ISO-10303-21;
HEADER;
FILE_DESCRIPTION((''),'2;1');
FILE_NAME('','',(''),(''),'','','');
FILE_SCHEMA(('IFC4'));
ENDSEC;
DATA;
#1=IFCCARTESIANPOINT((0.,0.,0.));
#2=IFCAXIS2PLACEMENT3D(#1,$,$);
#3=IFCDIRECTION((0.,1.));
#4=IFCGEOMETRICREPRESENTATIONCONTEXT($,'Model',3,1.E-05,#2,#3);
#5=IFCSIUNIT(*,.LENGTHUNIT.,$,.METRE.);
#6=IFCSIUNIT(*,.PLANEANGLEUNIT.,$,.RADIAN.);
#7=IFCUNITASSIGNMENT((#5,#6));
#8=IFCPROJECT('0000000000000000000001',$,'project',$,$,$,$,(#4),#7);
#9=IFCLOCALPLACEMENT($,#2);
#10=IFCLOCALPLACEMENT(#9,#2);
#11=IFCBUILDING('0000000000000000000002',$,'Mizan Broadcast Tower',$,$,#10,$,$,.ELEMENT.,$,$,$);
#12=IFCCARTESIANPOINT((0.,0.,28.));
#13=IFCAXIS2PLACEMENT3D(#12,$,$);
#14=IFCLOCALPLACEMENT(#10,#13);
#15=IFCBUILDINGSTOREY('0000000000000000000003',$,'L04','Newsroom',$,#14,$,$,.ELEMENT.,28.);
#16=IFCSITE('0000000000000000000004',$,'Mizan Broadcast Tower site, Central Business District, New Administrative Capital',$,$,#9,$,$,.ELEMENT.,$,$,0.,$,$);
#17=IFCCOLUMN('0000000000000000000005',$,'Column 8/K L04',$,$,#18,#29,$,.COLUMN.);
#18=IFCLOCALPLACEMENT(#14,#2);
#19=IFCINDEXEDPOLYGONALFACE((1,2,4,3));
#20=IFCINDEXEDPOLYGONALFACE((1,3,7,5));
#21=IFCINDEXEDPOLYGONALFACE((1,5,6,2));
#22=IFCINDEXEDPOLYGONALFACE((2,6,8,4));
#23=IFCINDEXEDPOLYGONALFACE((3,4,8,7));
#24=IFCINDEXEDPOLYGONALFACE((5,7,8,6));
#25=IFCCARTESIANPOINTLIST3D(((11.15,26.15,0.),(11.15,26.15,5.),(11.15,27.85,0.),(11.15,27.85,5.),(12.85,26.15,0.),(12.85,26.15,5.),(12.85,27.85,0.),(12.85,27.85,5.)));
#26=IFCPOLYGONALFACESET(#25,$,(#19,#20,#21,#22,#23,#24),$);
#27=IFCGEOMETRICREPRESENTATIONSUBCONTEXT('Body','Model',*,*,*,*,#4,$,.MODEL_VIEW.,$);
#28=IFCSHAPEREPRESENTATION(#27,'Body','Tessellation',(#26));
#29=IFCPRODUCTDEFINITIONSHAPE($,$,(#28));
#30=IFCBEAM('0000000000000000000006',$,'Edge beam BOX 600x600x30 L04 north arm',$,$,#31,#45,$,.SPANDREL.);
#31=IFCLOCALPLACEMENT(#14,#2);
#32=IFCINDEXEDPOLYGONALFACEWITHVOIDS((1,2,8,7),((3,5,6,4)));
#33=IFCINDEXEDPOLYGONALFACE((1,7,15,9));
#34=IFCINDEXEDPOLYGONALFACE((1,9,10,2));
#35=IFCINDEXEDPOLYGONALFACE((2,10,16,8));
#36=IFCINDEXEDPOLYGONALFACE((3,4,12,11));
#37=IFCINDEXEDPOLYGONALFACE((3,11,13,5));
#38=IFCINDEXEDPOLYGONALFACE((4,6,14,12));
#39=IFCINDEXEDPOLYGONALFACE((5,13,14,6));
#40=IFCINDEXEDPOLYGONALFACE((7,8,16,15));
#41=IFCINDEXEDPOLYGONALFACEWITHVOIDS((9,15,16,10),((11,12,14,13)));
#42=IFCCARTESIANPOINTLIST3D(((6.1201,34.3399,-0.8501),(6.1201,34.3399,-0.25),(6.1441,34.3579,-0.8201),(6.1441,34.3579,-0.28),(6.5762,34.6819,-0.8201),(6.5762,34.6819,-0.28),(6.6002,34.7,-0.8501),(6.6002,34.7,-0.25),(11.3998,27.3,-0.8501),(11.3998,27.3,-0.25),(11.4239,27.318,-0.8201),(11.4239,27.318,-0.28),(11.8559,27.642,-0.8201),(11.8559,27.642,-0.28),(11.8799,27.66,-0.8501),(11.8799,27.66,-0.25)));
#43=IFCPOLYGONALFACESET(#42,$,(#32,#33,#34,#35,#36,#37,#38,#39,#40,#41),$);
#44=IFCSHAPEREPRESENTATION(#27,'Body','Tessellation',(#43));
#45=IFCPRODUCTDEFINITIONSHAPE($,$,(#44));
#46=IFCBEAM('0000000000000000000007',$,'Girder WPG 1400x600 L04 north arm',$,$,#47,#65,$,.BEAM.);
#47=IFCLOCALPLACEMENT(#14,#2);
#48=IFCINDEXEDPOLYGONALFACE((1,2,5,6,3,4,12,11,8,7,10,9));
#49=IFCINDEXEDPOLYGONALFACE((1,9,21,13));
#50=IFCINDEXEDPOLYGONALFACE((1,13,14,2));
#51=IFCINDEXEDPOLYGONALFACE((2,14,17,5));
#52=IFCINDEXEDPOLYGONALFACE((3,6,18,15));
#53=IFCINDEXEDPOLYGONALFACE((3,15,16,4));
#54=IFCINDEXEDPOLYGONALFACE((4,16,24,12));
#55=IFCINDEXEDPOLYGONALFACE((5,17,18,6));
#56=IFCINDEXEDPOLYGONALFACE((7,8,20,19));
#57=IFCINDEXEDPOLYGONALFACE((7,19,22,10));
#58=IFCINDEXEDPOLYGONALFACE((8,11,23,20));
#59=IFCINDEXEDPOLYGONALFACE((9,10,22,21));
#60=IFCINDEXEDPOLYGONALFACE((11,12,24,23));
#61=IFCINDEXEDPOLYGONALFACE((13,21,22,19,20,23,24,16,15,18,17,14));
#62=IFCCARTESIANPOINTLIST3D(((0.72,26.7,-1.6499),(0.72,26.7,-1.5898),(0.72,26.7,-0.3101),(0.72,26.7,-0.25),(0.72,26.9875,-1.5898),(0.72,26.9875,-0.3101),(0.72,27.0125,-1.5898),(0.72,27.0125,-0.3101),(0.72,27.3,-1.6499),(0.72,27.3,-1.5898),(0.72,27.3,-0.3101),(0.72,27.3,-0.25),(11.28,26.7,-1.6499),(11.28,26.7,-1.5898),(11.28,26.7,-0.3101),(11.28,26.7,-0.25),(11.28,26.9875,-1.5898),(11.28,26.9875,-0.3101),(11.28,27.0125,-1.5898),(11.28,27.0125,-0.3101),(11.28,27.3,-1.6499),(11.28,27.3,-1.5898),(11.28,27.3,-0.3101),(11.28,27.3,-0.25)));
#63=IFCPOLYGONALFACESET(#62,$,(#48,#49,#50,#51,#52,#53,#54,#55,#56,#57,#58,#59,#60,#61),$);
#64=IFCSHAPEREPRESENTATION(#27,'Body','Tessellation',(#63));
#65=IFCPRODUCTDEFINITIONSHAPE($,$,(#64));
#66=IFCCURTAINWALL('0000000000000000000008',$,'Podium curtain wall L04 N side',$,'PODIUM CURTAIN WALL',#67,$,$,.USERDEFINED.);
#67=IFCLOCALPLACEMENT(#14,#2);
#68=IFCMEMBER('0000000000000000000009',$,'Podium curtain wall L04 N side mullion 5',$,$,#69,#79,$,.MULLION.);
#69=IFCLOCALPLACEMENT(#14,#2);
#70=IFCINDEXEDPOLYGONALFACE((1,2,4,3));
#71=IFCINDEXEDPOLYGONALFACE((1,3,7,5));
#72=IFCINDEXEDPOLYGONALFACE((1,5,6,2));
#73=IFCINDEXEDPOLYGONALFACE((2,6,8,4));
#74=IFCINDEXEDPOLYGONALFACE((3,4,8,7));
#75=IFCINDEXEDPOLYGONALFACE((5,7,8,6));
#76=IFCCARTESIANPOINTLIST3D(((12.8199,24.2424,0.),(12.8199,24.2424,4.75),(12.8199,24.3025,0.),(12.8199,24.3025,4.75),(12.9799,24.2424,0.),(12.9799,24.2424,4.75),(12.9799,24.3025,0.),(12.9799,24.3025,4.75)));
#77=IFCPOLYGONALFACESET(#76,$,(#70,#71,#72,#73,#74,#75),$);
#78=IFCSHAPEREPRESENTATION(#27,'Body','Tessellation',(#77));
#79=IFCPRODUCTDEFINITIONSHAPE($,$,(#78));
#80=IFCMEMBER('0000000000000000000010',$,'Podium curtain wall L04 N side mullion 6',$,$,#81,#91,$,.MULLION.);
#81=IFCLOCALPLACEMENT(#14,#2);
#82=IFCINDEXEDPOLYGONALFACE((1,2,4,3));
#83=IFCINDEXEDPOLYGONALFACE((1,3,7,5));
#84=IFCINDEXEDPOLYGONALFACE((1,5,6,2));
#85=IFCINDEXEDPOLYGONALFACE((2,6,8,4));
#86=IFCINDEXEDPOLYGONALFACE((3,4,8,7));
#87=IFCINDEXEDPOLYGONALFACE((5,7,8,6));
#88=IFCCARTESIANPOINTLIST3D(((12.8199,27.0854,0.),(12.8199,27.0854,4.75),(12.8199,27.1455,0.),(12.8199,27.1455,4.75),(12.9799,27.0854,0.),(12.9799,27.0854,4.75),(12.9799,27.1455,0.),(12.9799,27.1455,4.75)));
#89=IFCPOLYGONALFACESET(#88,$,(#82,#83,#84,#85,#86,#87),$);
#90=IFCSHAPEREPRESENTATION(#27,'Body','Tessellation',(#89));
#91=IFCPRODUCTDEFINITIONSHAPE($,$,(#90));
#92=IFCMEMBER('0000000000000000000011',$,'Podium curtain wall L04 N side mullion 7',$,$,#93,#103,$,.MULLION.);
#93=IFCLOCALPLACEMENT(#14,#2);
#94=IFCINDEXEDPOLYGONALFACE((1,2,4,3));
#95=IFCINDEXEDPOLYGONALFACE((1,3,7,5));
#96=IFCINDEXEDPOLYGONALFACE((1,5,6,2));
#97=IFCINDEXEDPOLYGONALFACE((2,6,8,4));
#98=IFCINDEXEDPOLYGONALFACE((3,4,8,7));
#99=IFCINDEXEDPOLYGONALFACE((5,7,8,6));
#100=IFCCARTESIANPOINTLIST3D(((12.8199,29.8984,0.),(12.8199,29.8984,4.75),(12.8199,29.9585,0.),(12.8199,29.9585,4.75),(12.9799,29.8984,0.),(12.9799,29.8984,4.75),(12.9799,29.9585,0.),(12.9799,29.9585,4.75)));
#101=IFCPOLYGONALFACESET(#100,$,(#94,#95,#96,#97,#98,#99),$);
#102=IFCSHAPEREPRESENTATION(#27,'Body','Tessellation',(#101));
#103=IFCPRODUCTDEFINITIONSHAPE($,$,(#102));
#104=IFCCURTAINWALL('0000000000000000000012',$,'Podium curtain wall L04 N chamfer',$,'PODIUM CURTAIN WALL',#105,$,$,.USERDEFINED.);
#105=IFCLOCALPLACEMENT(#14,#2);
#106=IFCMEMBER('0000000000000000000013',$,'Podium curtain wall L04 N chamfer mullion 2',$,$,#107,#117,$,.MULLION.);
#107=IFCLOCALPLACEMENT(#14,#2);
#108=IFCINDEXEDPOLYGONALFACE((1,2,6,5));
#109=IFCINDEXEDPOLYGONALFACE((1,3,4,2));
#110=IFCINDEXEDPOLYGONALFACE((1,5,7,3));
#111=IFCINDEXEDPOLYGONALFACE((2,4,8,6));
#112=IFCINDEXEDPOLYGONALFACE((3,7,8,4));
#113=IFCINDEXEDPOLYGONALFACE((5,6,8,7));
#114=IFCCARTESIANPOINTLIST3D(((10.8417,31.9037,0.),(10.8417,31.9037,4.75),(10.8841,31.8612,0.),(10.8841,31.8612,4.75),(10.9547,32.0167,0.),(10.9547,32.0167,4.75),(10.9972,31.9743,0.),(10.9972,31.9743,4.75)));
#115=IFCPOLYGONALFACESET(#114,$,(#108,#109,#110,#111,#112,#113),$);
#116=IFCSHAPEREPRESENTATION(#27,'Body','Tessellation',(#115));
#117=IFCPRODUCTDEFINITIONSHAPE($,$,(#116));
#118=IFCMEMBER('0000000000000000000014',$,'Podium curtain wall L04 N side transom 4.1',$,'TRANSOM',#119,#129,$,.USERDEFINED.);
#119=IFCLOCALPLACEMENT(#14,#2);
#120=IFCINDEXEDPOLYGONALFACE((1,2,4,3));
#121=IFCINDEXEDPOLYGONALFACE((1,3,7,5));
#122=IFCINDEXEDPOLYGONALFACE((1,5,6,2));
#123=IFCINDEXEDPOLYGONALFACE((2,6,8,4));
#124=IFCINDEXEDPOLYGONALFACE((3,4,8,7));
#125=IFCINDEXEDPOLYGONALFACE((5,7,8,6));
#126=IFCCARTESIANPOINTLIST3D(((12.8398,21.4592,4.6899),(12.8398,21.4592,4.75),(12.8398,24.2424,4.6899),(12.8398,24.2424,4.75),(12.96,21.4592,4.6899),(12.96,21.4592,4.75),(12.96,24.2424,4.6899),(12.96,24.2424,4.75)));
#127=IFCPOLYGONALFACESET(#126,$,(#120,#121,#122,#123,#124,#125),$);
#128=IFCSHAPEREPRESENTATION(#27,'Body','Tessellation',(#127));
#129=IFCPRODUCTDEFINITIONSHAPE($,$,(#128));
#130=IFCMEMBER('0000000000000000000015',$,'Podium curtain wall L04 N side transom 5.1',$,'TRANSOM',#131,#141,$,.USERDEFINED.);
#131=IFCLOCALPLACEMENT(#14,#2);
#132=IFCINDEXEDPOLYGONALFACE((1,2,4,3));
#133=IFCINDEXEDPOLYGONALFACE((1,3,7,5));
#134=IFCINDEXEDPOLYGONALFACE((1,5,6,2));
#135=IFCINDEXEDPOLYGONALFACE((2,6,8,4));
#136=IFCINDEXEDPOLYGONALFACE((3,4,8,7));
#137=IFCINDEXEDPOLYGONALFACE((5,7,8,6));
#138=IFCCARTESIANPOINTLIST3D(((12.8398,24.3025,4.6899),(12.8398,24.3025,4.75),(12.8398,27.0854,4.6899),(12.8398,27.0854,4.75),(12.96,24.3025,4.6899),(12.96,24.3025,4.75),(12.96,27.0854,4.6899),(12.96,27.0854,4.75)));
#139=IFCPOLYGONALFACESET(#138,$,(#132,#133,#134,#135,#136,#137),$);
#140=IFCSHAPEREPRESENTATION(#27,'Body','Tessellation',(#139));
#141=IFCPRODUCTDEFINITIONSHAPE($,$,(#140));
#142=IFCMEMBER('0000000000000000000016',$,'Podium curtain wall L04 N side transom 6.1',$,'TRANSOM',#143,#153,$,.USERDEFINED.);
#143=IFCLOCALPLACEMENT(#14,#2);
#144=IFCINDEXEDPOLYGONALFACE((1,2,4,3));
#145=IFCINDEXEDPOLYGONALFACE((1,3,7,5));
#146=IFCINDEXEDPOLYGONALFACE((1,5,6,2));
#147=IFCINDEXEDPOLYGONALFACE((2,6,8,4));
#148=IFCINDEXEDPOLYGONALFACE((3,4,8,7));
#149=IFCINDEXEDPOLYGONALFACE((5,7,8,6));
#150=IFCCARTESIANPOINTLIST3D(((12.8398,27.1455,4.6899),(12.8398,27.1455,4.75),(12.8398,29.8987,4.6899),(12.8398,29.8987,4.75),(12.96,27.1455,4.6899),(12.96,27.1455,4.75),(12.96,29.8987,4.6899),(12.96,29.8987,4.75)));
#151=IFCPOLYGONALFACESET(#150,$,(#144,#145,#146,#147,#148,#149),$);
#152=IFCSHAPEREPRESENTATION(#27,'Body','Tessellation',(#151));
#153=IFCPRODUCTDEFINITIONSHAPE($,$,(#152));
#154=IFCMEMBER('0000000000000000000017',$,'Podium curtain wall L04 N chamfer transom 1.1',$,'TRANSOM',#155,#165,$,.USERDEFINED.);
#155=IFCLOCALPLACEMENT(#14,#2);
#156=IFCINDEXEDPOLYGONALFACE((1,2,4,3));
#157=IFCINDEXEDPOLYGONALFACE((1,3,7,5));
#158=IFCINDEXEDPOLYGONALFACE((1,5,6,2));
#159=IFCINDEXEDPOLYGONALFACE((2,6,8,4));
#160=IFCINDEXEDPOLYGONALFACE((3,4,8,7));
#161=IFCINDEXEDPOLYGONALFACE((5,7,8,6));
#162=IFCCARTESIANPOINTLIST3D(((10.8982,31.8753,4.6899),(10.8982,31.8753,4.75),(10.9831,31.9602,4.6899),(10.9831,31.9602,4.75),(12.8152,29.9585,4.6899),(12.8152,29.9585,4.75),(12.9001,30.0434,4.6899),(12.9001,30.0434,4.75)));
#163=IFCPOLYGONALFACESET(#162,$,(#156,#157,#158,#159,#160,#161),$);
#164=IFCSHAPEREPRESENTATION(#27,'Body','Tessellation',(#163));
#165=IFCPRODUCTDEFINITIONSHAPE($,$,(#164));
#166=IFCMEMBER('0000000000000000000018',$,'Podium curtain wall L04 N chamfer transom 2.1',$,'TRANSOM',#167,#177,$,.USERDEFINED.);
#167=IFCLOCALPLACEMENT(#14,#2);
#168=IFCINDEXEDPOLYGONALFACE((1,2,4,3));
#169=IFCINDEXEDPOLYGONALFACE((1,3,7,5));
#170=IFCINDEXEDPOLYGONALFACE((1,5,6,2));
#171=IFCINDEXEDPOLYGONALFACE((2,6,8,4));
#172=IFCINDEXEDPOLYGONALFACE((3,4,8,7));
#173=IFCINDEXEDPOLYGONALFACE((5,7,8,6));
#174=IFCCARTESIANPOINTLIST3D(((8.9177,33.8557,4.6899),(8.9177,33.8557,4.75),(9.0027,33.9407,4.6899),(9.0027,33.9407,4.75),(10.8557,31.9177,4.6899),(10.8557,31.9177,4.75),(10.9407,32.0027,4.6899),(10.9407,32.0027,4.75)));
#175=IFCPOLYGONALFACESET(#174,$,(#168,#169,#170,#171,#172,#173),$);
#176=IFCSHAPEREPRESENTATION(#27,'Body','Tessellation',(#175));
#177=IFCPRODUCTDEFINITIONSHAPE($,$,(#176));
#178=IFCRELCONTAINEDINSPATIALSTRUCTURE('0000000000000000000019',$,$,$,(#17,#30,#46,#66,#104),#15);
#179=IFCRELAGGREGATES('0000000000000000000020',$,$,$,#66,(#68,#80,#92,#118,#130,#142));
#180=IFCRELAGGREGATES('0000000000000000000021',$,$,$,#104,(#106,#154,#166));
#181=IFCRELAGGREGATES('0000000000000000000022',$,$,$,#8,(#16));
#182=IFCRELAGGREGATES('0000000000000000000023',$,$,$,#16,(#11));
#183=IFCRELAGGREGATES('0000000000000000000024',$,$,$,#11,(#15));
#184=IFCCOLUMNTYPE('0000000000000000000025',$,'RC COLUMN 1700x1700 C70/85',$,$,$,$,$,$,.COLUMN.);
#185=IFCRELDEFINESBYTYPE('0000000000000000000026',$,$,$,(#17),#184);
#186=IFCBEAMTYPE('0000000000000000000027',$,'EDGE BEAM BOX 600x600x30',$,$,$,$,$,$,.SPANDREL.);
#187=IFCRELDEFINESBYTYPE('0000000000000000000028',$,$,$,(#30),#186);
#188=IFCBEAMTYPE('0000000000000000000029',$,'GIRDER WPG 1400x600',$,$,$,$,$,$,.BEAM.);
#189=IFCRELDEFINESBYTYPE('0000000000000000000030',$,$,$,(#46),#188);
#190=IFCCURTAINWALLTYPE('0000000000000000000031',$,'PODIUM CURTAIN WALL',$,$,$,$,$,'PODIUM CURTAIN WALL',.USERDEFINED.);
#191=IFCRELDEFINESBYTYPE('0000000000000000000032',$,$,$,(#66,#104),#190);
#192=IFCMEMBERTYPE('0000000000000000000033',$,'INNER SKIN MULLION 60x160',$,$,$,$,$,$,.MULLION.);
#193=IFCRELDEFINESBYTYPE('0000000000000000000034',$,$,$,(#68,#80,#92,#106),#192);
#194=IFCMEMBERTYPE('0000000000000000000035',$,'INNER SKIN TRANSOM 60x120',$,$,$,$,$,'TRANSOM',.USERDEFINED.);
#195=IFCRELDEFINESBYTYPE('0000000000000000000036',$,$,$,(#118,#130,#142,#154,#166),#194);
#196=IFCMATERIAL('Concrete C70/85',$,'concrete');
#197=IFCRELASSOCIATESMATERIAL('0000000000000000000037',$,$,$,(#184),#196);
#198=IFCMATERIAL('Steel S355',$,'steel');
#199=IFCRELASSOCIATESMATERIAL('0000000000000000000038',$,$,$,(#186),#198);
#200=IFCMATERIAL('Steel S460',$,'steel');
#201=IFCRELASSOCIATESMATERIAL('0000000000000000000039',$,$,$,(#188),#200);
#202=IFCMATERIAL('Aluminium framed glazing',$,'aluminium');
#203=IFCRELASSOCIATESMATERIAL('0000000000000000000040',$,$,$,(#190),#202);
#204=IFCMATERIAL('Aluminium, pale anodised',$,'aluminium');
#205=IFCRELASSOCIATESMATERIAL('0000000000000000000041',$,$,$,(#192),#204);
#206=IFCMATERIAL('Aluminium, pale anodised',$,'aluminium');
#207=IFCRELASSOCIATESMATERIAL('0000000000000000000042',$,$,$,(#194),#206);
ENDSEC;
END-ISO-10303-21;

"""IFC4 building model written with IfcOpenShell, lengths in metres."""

from ifc_helpers import new_model, si_unit, direction, frame, origin, origin_2d, place, context, subcontext, project, spatial, rectangle, hollow_rectangle, i_section, extrude, material, material_profile, profile_set, type_object, element, aggregate, save


model = new_model("IFC4")

# Units and contexts
model_context = context("Model", 3, precision=1e-05, world=origin(), true_north=direction((0.0, 1.0)))
body_context = subcontext(model_context, "Body", "Model", "MODEL_VIEW")
ifc_project = project(units=[si_unit("LENGTHUNIT", "METRE"), si_unit("PLANEANGLEUNIT", "RADIAN")], contexts=[model_context])

# Site, building, storey
site_placement = place(None, origin())
site = spatial("IfcSite", under=ifc_project, at=site_placement, Name="Mizan Broadcast Tower site, Central Business District, New Administrative Capital", CompositionType="ELEMENT", RefElevation=0.0)
building_placement = place(site_placement, origin())
building = spatial("IfcBuilding", under=site, at=building_placement, Name="Mizan Broadcast Tower", CompositionType="ELEMENT")
storey_placement = place(building_placement, frame((0.0, 0.0, 28.0)))
storey = spatial("IfcBuildingStorey", under=building, at=storey_placement, Name="L04", Description="Newsroom", CompositionType="ELEMENT", Elevation=28.0)

# Column
ifc_material_1 = material(Name="Concrete C70/85", Category="concrete")
ifc_material_profile_1 = material_profile(ifc_material_1, rectangle(XDim=1.7, YDim=1.7, at=origin_2d()), Name="RC 1700x1700")
ifc_profile_set_1 = profile_set([ifc_material_profile_1], Name="Concrete C70/85")
column_type = type_object("IfcColumnType", Name="RC COLUMN 1700x1700 C70/85", PredefinedType="COLUMN", material=ifc_profile_set_1)
column_placement = place(storey_placement, frame((12.0, 27.0, 0.0), z_axis=(0.0, 0.0, 1.0), x_axis=(1.0, 0.0, 0.0)))
element("IfcColumn", 1, at=column_placement, inside=storey, type_object=column_type, Name="Column 8/K L04", PredefinedType="COLUMN", context=body_context, shape_type="SweptSolid", body=[
    extrude(rectangle(XDim=1.7, YDim=1.7, at=origin_2d()), origin(), (0.0, 0.0, 1.0), 5.0),
])

# Beams
ifc_material_2 = material(Name="Steel S355", Category="steel")
ifc_material_profile_2 = material_profile(ifc_material_2, hollow_rectangle(XDim=0.6001, YDim=0.6001, WallThickness=0.03, at=origin_2d()), Name="BOX 600x600x30")
ifc_profile_set_2 = profile_set([ifc_material_profile_2], Name="Steel S355")
beam_type_1 = type_object("IfcBeamType", Name="EDGE BEAM BOX 600x600x30", PredefinedType="SPANDREL", material=ifc_profile_set_2)
beam_1_placement = place(storey_placement, frame((11.6399, 27.48, -0.55), z_axis=(-0.599982, 0.800013, 0.0), x_axis=(-0.800013, -0.599982, 0.0)))
element("IfcBeam", 2, at=beam_1_placement, inside=storey, type_object=beam_type_1, Name="Edge beam BOX 600x600x30 L04 north arm", PredefinedType="SPANDREL", context=body_context, shape_type="SweptSolid", body=[
    extrude(hollow_rectangle(XDim=0.6001, YDim=0.6001, WallThickness=0.03, at=origin_2d()), origin(), (0.0, 0.0, 1.0), 8.7998),
])
ifc_material_3 = material(Name="Steel S460", Category="steel")
ifc_material_profile_3 = material_profile(ifc_material_3, i_section(OverallWidth=0.6001, OverallDepth=1.3999, WebThickness=0.0249, FlangeThickness=0.0601, at=origin_2d()), Name="WPG 1400x600")
ifc_profile_set_3 = profile_set([ifc_material_profile_3], Name="Steel S460")
beam_type_2 = type_object("IfcBeamType", Name="GIRDER WPG 1400x600", PredefinedType="BEAM", material=ifc_profile_set_3)
beam_2_placement = place(storey_placement, frame((11.28, 27.0, -0.95), z_axis=(-1.0, 0.0, 0.0), x_axis=(0.0, -1.0, 0.0)))
element("IfcBeam", 3, at=beam_2_placement, inside=storey, type_object=beam_type_2, Name="Girder WPG 1400x600 L04 north arm", PredefinedType="BEAM", context=body_context, shape_type="SweptSolid", body=[
    extrude(i_section(OverallWidth=0.6001, OverallDepth=1.3999, WebThickness=0.0249, FlangeThickness=0.0601, at=origin_2d()), origin(), (0.0, 0.0, 1.0), 10.5601),
])

# Curtain wall, members
ifc_material_4 = material(Name="Aluminium framed glazing", Category="aluminium")
curtain_wall_type_1 = type_object("IfcCurtainWallType", Name="PODIUM CURTAIN WALL", ElementType="PODIUM CURTAIN WALL", PredefinedType="USERDEFINED", material=ifc_material_4)
curtain_wall_1_placement = place(storey_placement, origin())
curtain_wall_1 = element("IfcCurtainWall", 4, at=curtain_wall_1_placement, inside=storey, type_object=curtain_wall_type_1, Name="Podium curtain wall L04 N side", ObjectType="PODIUM CURTAIN WALL", PredefinedType="USERDEFINED")
ifc_material_5 = material(Name="Aluminium, pale anodised", Category="aluminium")
ifc_material_profile_4 = material_profile(ifc_material_5, rectangle(XDim=0.1599, YDim=0.0601, at=origin_2d()), Name="MULLION 160x60")
ifc_profile_set_4 = profile_set([ifc_material_profile_4], Name="Aluminium, pale anodised")
member_type_1 = type_object("IfcMemberType", Name="INNER SKIN MULLION 60x160", PredefinedType="MULLION", material=ifc_profile_set_4)
member_1_placement = place(storey_placement, frame((12.8999, 24.2725, 0.0), z_axis=(0.0, 0.0, 1.0), x_axis=(-1.0, 0.0, 0.0)))
member_1 = element("IfcMember", 5, at=member_1_placement, type_object=member_type_1, Name="Podium curtain wall L04 N side mullion 5", PredefinedType="MULLION", context=body_context, shape_type="SweptSolid", body=[
    extrude(rectangle(XDim=0.1599, YDim=0.0601, at=origin_2d()), origin(), (0.0, 0.0, 1.0), 4.75),
])
member_2_placement = place(storey_placement, frame((12.8999, 27.1155, 0.0), z_axis=(0.0, 0.0, 1.0), x_axis=(-1.0, 0.0, 0.0)))
member_2 = element("IfcMember", 6, at=member_2_placement, type_object=member_type_1, Name="Podium curtain wall L04 N side mullion 6", PredefinedType="MULLION", context=body_context, shape_type="SweptSolid", body=[
    extrude(rectangle(XDim=0.1599, YDim=0.0601, at=origin_2d()), origin(), (0.0, 0.0, 1.0), 4.75),
])
member_3_placement = place(storey_placement, frame((12.8999, 29.9285, 0.0), z_axis=(0.0, 0.0, 1.0), x_axis=(-1.0, 0.0, 0.0)))
member_3 = element("IfcMember", 7, at=member_3_placement, type_object=member_type_1, Name="Podium curtain wall L04 N side mullion 7", PredefinedType="MULLION", context=body_context, shape_type="SweptSolid", body=[
    extrude(rectangle(XDim=0.1599, YDim=0.0601, at=origin_2d()), origin(), (0.0, 0.0, 1.0), 4.75),
])

# Curtain wall, member
curtain_wall_2_placement = place(storey_placement, origin())
curtain_wall_2 = element("IfcCurtainWall", 8, at=curtain_wall_2_placement, inside=storey, type_object=curtain_wall_type_1, Name="Podium curtain wall L04 N chamfer", ObjectType="PODIUM CURTAIN WALL", PredefinedType="USERDEFINED")
member_4_placement = place(storey_placement, frame((10.9194, 31.939, 0.0), z_axis=(0.0, 0.0, 1.0), x_axis=(-0.707107, -0.707107, 0.0)))
member_4 = element("IfcMember", 9, at=member_4_placement, type_object=member_type_1, Name="Podium curtain wall L04 N chamfer mullion 2", PredefinedType="MULLION", context=body_context, shape_type="SweptSolid", body=[
    extrude(rectangle(XDim=0.1599, YDim=0.0601, at=origin_2d()), origin(), (0.0, 0.0, 1.0), 4.75),
])

# Members
ifc_material_6 = material(Name="Aluminium, pale anodised", Category="aluminium")
ifc_material_profile_5 = material_profile(ifc_material_6, rectangle(XDim=0.1201, YDim=0.0601, at=origin_2d()), Name="TRANSOM 120x60")
ifc_profile_set_5 = profile_set([ifc_material_profile_5], Name="Aluminium, pale anodised")
member_type_2 = type_object("IfcMemberType", Name="INNER SKIN TRANSOM 60x120", ElementType="TRANSOM", PredefinedType="USERDEFINED", material=ifc_profile_set_5)
member_5_placement = place(storey_placement, frame((12.8999, 21.4592, 4.72), z_axis=(0.0, 1.0, 0.0), x_axis=(-1.0, 0.0, 0.0)))
member_5 = element("IfcMember", 10, at=member_5_placement, type_object=member_type_2, Name="Podium curtain wall L04 N side transom 4.1", ObjectType="TRANSOM", PredefinedType="USERDEFINED", context=body_context, shape_type="SweptSolid", body=[
    extrude(rectangle(XDim=0.1201, YDim=0.0601, at=origin_2d()), origin(), (0.0, 0.0, 1.0), 2.7832),
])
member_6_placement = place(storey_placement, frame((12.8999, 24.3025, 4.72), z_axis=(0.0, 1.0, 0.0), x_axis=(-1.0, 0.0, 0.0)))
member_6 = element("IfcMember", 11, at=member_6_placement, type_object=member_type_2, Name="Podium curtain wall L04 N side transom 5.1", ObjectType="TRANSOM", PredefinedType="USERDEFINED", context=body_context, shape_type="SweptSolid", body=[
    extrude(rectangle(XDim=0.1201, YDim=0.0601, at=origin_2d()), origin(), (0.0, 0.0, 1.0), 2.783),
])
member_7_placement = place(storey_placement, frame((12.8999, 27.1455, 4.72), z_axis=(0.0, 1.0, 0.0), x_axis=(-1.0, 0.0, 0.0)))
member_7 = element("IfcMember", 12, at=member_7_placement, type_object=member_type_2, Name="Podium curtain wall L04 N side transom 6.1", ObjectType="TRANSOM", PredefinedType="USERDEFINED", context=body_context, shape_type="SweptSolid", body=[
    extrude(rectangle(XDim=0.1201, YDim=0.0601, at=origin_2d()), origin(), (0.0, 0.0, 1.0), 2.7532),
])
member_8_placement = place(storey_placement, frame((12.8577, 30.001, 4.72), z_axis=(-0.707152, 0.707062, 0.0), x_axis=(-0.707062, -0.707152, 0.0)))
member_8 = element("IfcMember", 13, at=member_8_placement, type_object=member_type_2, Name="Podium curtain wall L04 N chamfer transom 1.1", ObjectType="TRANSOM", PredefinedType="USERDEFINED", context=body_context, shape_type="SweptSolid", body=[
    extrude(rectangle(XDim=0.1201, YDim=0.0601, at=origin_2d()), origin(), (0.0, 0.0, 1.0), 2.7109),
])
member_9_placement = place(storey_placement, frame((10.8982, 31.9602, 4.72), z_axis=(-0.707107, 0.707107, 0.0), x_axis=(-0.707107, -0.707107, 0.0)))
member_9 = element("IfcMember", 14, at=member_9_placement, type_object=member_type_2, Name="Podium curtain wall L04 N chamfer transom 2.1", ObjectType="TRANSOM", PredefinedType="USERDEFINED", context=body_context, shape_type="SweptSolid", body=[
    extrude(rectangle(XDim=0.1201, YDim=0.0601, at=origin_2d()), origin(), (0.0, 0.0, 1.0), 2.7407),
])

aggregate(curtain_wall_1, [member_1, member_2, member_3, member_5, member_6, member_7])
aggregate(curtain_wall_2, [member_4, member_8, member_9])

save(model, "model.ifc")
